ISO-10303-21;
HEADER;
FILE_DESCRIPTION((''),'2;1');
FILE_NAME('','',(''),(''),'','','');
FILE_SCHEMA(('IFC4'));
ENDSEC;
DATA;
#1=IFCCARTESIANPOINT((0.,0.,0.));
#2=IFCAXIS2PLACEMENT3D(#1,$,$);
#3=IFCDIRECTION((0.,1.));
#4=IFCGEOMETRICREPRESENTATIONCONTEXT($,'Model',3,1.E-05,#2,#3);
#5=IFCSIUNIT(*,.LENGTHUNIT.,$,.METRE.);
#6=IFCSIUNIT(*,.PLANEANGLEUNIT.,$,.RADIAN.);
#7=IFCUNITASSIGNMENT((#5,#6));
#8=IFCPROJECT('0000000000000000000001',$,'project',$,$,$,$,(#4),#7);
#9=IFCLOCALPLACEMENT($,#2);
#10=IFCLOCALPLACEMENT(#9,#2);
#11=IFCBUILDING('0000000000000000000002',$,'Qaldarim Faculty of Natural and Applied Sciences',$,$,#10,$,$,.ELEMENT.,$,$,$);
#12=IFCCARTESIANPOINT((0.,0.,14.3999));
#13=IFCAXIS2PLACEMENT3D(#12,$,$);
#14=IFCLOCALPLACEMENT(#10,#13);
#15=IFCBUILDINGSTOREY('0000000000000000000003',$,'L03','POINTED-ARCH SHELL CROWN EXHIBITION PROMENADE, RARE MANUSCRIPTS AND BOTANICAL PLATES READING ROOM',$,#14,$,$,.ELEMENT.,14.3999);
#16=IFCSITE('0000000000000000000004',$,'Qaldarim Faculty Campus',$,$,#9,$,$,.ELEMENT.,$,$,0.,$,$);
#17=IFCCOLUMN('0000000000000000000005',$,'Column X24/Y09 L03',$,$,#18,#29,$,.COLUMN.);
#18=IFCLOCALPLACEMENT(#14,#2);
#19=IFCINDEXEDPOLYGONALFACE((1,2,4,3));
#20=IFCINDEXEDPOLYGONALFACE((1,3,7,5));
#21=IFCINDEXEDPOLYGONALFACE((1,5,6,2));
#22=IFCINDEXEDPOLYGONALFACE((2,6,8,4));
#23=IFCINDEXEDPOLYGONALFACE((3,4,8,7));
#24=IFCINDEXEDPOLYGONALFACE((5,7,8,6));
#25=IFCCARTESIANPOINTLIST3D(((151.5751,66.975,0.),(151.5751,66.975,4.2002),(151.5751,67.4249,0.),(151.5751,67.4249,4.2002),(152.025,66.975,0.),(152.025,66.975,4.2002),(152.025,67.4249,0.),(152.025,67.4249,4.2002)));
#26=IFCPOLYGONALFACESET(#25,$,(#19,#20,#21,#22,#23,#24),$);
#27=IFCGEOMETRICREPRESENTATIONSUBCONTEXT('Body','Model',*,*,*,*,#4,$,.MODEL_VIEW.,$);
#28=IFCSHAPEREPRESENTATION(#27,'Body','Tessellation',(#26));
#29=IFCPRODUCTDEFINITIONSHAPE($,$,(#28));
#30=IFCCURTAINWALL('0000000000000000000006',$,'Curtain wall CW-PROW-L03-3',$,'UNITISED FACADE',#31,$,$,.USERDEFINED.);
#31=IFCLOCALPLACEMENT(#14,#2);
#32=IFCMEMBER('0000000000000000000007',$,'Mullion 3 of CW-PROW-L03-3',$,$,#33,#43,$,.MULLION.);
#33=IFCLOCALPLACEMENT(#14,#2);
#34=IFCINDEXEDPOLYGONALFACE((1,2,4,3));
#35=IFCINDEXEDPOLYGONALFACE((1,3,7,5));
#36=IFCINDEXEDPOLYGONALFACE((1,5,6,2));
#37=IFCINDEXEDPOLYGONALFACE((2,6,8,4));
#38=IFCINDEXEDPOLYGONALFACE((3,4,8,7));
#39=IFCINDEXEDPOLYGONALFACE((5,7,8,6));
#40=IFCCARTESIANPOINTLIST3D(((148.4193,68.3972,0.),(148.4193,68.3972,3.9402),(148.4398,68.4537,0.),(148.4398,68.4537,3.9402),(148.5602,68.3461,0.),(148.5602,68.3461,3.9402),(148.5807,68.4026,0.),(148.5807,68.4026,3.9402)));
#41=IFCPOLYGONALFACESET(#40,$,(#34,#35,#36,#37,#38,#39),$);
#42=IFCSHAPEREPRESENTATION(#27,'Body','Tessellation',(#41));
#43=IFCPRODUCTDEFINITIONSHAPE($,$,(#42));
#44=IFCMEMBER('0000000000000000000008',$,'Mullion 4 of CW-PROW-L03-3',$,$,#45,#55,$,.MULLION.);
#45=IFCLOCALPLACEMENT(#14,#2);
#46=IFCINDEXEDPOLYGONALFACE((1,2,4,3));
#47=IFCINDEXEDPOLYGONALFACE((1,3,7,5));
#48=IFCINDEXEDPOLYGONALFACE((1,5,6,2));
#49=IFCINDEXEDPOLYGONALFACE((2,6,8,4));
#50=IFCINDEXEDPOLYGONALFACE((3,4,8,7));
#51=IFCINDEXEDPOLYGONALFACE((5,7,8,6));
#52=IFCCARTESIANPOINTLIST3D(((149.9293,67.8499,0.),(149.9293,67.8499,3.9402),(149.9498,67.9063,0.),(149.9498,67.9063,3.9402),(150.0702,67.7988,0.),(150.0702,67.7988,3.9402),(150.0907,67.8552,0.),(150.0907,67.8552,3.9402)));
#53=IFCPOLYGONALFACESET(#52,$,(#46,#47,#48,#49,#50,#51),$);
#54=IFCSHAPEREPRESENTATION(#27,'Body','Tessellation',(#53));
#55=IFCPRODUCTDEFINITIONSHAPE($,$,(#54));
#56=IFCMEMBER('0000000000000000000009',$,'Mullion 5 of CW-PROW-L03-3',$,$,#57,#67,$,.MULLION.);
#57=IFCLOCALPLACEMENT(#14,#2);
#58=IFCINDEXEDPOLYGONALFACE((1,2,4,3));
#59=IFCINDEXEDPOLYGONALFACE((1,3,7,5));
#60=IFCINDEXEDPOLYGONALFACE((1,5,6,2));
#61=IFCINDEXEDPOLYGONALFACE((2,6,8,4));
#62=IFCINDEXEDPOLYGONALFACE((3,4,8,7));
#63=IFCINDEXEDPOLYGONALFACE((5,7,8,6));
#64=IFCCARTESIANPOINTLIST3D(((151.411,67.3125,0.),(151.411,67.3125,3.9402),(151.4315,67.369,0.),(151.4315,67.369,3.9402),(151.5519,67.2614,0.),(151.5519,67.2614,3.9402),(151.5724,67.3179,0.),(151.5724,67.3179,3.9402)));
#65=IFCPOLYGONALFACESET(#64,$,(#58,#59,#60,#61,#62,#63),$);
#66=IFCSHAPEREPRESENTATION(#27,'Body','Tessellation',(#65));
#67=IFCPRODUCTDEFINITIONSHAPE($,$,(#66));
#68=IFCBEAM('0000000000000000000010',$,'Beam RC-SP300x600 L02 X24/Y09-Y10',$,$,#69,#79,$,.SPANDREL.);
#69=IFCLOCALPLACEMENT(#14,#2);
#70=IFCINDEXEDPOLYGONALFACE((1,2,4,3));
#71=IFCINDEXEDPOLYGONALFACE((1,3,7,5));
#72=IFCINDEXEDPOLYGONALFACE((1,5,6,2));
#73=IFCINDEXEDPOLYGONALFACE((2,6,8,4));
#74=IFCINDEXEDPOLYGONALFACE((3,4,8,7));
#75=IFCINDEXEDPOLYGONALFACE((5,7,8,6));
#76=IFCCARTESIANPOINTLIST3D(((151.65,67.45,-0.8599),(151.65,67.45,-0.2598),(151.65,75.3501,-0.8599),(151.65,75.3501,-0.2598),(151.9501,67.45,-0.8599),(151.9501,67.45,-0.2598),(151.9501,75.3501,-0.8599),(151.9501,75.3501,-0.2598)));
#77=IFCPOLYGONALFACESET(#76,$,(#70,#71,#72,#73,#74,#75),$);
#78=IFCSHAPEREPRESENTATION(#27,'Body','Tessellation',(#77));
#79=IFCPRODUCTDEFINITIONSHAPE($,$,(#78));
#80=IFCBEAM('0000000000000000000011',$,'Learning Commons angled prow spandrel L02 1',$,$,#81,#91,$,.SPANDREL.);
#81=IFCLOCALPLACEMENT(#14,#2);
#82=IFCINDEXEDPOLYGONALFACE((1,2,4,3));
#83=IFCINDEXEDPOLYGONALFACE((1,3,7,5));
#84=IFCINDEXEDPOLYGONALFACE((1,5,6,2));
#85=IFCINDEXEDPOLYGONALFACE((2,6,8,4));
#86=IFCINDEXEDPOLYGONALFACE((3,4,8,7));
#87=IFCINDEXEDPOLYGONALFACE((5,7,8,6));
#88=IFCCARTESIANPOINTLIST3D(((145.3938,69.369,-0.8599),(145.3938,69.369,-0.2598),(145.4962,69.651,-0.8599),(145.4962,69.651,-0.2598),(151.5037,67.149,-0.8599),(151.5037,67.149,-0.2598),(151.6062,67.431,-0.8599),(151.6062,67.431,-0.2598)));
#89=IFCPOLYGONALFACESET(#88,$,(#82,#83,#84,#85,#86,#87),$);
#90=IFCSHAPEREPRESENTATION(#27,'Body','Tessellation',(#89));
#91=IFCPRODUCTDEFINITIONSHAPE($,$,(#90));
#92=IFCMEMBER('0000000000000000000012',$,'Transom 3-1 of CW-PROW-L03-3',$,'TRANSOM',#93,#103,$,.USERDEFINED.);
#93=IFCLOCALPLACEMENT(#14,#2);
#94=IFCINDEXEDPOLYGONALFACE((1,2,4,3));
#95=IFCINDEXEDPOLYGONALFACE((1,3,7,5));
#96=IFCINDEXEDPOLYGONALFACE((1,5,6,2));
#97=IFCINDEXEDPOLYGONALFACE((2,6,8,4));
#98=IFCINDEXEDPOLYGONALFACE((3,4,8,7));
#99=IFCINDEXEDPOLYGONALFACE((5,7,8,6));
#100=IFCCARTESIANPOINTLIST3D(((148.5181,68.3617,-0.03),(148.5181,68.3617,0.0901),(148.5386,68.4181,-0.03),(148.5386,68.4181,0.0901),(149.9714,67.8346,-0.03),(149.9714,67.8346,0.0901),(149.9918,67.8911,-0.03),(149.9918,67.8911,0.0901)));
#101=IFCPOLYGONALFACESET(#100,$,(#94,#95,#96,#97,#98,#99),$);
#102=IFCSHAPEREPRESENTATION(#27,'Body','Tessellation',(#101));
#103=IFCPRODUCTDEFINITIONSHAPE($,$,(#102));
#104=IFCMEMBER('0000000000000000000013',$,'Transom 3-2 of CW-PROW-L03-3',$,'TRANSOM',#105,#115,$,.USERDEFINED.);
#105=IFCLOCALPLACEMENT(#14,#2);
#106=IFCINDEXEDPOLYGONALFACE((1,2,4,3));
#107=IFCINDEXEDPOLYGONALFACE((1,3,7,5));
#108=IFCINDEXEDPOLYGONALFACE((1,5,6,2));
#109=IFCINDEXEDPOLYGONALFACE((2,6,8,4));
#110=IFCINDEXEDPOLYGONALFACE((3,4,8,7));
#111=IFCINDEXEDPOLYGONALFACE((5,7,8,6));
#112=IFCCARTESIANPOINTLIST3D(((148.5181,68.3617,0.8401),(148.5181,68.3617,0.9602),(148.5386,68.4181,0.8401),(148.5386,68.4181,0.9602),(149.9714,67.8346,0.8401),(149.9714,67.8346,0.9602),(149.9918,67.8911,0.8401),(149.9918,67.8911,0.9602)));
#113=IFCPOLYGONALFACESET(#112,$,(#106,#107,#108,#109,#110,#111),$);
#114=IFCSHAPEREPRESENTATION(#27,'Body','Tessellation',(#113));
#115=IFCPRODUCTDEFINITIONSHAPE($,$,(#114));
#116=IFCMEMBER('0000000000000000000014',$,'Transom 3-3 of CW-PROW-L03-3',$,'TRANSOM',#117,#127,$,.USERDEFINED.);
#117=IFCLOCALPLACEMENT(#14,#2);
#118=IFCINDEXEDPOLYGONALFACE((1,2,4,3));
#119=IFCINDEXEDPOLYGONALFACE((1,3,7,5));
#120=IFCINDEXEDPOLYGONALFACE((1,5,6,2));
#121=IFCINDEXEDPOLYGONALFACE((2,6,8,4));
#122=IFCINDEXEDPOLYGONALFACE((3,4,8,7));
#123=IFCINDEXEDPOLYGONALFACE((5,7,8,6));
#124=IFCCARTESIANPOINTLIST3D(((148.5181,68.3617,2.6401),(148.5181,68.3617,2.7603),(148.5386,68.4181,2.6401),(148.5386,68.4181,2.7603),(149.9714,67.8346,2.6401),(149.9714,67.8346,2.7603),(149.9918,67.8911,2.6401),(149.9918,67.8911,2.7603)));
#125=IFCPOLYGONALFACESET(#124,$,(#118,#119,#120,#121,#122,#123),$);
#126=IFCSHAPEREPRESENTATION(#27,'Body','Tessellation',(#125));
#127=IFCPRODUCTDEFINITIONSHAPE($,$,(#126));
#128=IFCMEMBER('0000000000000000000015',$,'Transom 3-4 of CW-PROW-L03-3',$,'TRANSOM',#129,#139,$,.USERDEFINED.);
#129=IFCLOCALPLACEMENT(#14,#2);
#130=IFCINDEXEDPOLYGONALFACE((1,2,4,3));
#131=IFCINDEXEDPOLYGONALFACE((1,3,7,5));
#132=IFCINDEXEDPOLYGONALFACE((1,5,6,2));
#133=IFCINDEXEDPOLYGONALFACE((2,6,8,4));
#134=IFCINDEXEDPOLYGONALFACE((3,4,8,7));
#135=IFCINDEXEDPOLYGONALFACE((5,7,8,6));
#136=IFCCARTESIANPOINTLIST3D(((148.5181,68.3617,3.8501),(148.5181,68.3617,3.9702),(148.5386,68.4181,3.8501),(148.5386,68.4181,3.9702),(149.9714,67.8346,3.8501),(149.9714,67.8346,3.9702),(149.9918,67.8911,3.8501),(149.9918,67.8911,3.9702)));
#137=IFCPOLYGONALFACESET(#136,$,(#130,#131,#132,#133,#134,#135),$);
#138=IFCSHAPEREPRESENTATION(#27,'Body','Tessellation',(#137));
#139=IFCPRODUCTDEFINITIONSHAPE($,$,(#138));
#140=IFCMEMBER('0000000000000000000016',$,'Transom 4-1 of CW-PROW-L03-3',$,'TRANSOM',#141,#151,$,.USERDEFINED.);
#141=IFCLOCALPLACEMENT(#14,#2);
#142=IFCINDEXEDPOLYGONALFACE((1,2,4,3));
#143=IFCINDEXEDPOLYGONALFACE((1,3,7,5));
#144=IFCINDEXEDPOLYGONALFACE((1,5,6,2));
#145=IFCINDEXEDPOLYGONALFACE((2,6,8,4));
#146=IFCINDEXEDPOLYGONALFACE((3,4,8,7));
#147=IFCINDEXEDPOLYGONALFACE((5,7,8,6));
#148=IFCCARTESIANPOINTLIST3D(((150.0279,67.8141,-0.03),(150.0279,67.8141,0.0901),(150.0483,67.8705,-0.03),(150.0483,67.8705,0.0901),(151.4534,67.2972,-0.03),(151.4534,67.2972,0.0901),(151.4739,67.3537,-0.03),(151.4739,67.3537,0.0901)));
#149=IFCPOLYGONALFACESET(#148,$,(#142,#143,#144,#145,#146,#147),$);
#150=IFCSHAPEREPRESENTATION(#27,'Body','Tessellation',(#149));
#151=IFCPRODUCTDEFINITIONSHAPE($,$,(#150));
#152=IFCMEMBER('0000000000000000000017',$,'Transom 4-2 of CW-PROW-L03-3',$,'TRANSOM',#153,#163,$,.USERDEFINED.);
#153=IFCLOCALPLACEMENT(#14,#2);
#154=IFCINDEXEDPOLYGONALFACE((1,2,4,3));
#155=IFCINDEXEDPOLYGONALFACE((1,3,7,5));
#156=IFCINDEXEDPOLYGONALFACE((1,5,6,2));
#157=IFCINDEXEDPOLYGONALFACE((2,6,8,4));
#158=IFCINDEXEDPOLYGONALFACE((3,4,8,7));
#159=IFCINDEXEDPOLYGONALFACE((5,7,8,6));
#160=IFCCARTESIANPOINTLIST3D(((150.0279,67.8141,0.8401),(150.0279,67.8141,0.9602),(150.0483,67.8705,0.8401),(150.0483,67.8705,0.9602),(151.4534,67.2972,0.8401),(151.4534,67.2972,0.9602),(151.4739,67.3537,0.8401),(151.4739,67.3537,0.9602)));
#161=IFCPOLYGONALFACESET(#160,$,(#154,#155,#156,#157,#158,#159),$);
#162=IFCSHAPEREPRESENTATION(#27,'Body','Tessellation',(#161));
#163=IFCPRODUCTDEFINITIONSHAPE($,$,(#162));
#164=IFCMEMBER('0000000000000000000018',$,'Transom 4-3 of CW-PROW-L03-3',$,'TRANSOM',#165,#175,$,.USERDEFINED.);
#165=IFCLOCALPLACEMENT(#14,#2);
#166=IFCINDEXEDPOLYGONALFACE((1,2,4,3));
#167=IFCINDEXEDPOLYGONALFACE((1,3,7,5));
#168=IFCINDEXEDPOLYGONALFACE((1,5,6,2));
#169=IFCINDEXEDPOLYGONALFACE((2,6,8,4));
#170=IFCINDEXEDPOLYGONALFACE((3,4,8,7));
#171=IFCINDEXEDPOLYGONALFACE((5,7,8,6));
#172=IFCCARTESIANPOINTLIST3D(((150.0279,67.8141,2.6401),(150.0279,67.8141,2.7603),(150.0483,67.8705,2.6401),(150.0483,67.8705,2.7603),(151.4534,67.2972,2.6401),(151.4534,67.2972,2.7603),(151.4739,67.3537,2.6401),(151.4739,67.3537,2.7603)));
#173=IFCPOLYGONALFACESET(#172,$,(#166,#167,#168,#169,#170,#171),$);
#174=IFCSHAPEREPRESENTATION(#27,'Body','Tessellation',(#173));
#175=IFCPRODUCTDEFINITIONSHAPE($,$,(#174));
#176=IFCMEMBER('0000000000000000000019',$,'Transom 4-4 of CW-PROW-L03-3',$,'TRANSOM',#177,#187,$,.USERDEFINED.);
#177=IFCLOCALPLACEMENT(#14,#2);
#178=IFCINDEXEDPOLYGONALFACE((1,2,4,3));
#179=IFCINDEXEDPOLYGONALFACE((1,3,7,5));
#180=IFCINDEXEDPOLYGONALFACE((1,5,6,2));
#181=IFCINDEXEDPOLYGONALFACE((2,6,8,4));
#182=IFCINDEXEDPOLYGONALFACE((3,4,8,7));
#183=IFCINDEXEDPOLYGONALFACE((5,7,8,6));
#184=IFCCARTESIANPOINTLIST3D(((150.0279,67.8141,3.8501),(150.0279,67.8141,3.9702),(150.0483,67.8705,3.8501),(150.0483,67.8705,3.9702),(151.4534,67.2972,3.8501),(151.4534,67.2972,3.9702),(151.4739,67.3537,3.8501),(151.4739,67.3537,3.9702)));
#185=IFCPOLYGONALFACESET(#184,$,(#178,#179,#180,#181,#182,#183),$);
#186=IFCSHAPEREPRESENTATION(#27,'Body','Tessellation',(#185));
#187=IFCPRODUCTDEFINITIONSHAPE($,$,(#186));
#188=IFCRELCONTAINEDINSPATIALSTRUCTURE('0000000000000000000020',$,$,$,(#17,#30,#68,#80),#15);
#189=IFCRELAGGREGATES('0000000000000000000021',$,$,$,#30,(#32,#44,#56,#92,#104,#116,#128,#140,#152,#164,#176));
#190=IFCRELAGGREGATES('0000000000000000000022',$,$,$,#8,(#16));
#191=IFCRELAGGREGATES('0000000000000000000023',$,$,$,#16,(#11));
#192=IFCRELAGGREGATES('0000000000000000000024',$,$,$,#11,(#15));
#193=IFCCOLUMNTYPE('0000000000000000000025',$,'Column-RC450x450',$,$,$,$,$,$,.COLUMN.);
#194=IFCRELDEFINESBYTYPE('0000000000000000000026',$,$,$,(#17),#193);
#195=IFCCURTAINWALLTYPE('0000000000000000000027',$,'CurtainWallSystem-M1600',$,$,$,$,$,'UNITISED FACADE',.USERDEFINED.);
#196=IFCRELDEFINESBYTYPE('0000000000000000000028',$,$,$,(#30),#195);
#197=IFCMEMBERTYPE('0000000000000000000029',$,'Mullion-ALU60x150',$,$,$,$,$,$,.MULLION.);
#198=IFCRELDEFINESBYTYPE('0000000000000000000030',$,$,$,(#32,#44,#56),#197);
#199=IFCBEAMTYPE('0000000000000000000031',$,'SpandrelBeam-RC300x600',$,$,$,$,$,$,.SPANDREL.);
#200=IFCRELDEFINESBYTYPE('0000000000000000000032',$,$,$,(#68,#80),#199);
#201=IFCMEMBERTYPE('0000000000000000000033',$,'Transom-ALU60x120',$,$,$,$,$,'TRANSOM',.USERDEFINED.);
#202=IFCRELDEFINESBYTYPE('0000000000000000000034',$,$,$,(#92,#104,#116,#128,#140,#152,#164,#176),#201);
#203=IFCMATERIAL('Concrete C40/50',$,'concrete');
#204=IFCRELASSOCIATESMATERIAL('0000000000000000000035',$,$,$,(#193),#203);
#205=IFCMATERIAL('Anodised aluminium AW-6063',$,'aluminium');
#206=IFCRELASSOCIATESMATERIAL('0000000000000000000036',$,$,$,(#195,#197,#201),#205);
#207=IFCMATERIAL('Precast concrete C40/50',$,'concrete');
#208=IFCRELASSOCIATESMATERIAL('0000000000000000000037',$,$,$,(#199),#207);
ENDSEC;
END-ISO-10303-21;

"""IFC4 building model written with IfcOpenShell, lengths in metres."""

from ifc_helpers import new_model, si_unit, direction, frame, origin, origin_2d, place, context, subcontext, project, spatial, rectangle, extrude, material, material_profile, profile_set, type_object, element, aggregate, save


model = new_model("IFC4")

# Units and contexts
model_context = context("Model", 3, precision=1e-05, world=origin(), true_north=direction((0.0, 1.0)))
body_context = subcontext(model_context, "Body", "Model", "MODEL_VIEW")
ifc_project = project(units=[si_unit("LENGTHUNIT", "METRE"), si_unit("PLANEANGLEUNIT", "RADIAN")], contexts=[model_context])

# Site, building, storey
site_placement = place(None, origin())
site = spatial("IfcSite", under=ifc_project, at=site_placement, Name="Qaldarim Faculty Campus", CompositionType="ELEMENT", RefElevation=0.0)
building_placement = place(site_placement, origin())
building = spatial("IfcBuilding", under=site, at=building_placement, Name="Qaldarim Faculty of Natural and Applied Sciences", CompositionType="ELEMENT")
storey_placement = place(building_placement, frame((0.0, 0.0, 14.3999)))
storey = spatial("IfcBuildingStorey", under=building, at=storey_placement, Name="L03", Description="POINTED-ARCH SHELL CROWN EXHIBITION PROMENADE, RARE MANUSCRIPTS AND BOTANICAL PLATES READING ROOM", CompositionType="ELEMENT", Elevation=14.3999)

# Column
ifc_material_1 = material(Name="Concrete C40/50", Category="concrete")
ifc_material_profile_1 = material_profile(ifc_material_1, rectangle(XDim=0.45, YDim=0.45, at=origin_2d()), Name="RC-C450x450")
ifc_profile_set_1 = profile_set([ifc_material_profile_1], Name="Concrete C40/50")
column_type = type_object("IfcColumnType", Name="Column-RC450x450", PredefinedType="COLUMN", material=ifc_profile_set_1)
column_placement = place(storey_placement, frame((151.8, 67.2, 0.0), z_axis=(0.0, 0.0, 1.0), x_axis=(1.0, 0.0, 0.0)))
element("IfcColumn", 1, at=column_placement, inside=storey, type_object=column_type, Name="Column X24/Y09 L03", PredefinedType="COLUMN", context=body_context, shape_type="SweptSolid", body=[
    extrude(rectangle(XDim=0.45, YDim=0.45, at=origin_2d()), origin(), (0.0, 0.0, 1.0), 4.2002),
])

# Curtain wall, members
ifc_material_2 = material(Name="Anodised aluminium AW-6063", Category="aluminium")
curtain_wall_type = type_object("IfcCurtainWallType", Name="CurtainWallSystem-M1600", ElementType="UNITISED FACADE", PredefinedType="USERDEFINED", material=ifc_material_2)
curtain_wall_placement = place(storey_placement, origin())
curtain_wall = element("IfcCurtainWall", 2, at=curtain_wall_placement, inside=storey, type_object=curtain_wall_type, Name="Curtain wall CW-PROW-L03-3", ObjectType="UNITISED FACADE", PredefinedType="USERDEFINED")
ifc_material_profile_2 = material_profile(ifc_material_2, rectangle(XDim=0.0601, YDim=0.1499, at=origin_2d()), Name="ALU-M60x150")
ifc_profile_set_2 = profile_set([ifc_material_profile_2], Name="Anodised aluminium AW-6063")
member_type_1 = type_object("IfcMemberType", Name="Mullion-ALU60x150", PredefinedType="MULLION", material=ifc_profile_set_2)
member_1_placement = place(storey_placement, frame((148.5, 68.3999, 0.0), z_axis=(0.0, 0.0, 1.0), x_axis=(0.340872, 0.94011, 0.0)))
member_1 = element("IfcMember", 3, at=member_1_placement, type_object=member_type_1, Name="Mullion 3 of CW-PROW-L03-3", PredefinedType="MULLION", context=body_context, shape_type="SweptSolid", body=[
    extrude(rectangle(XDim=0.0601, YDim=0.1499, at=origin_2d()), origin(), (0.0, 0.0, 1.0), 3.9402),
])
member_2_placement = place(storey_placement, frame((150.01, 67.8525, 0.0), z_axis=(0.0, 0.0, 1.0), x_axis=(0.340872, 0.94011, 0.0)))
member_2 = element("IfcMember", 4, at=member_2_placement, type_object=member_type_1, Name="Mullion 4 of CW-PROW-L03-3", PredefinedType="MULLION", context=body_context, shape_type="SweptSolid", body=[
    extrude(rectangle(XDim=0.0601, YDim=0.1499, at=origin_2d()), origin(), (0.0, 0.0, 1.0), 3.9402),
])
member_3_placement = place(storey_placement, frame((151.4917, 67.3152, 0.0), z_axis=(0.0, 0.0, 1.0), x_axis=(0.340872, 0.94011, 0.0)))
member_3 = element("IfcMember", 5, at=member_3_placement, type_object=member_type_1, Name="Mullion 5 of CW-PROW-L03-3", PredefinedType="MULLION", context=body_context, shape_type="SweptSolid", body=[
    extrude(rectangle(XDim=0.0601, YDim=0.1499, at=origin_2d()), origin(), (0.0, 0.0, 1.0), 3.9402),
])

# Beams
ifc_material_3 = material(Name="Precast concrete C40/50", Category="concrete")
ifc_material_profile_3 = material_profile(ifc_material_3, rectangle(XDim=0.3, YDim=0.6001, at=origin_2d()), Name="RC-SP300x600")
ifc_profile_set_3 = profile_set([ifc_material_profile_3], Name="Precast concrete C40/50")
beam_type = type_object("IfcBeamType", Name="SpandrelBeam-RC300x600", PredefinedType="SPANDREL", material=ifc_profile_set_3)
beam_1_placement = place(storey_placement, frame((151.8, 67.45, -0.5598), z_axis=(0.0, 1.0, 0.0), x_axis=(-1.0, 0.0, 0.0)))
element("IfcBeam", 6, at=beam_1_placement, inside=storey, type_object=beam_type, Name="Beam RC-SP300x600 L02 X24/Y09-Y10", PredefinedType="SPANDREL", context=body_context, shape_type="SweptSolid", body=[
    extrude(rectangle(XDim=0.3, YDim=0.6001, at=origin_2d()), origin(), (0.0, 0.0, 1.0), 7.9001),
])
beam_2_placement = place(storey_placement, frame((151.5549, 67.29, -0.5598), z_axis=(-0.939882, 0.341499, 0.0), x_axis=(-0.341499, -0.939882, 0.0)))
element("IfcBeam", 7, at=beam_2_placement, inside=storey, type_object=beam_type, Name="Learning Commons angled prow spandrel L02 1", PredefinedType="SPANDREL", context=body_context, shape_type="SweptSolid", body=[
    extrude(rectangle(XDim=0.3, YDim=0.6001, at=origin_2d()), origin(), (0.0, 0.0, 1.0), 6.5007),
])

# Members
ifc_material_profile_4 = material_profile(ifc_material_2, rectangle(XDim=0.0601, YDim=0.1201, at=origin_2d()), Name="ALU-T60x120")
ifc_profile_set_4 = profile_set([ifc_material_profile_4], Name="Anodised aluminium AW-6063")
member_type_2 = type_object("IfcMemberType", Name="Transom-ALU60x120", ElementType="TRANSOM", PredefinedType="USERDEFINED", material=ifc_profile_set_4)
member_4_placement = place(storey_placement, frame((148.5283, 68.3899, 0.03), z_axis=(0.940084, -0.340944, 0.0), x_axis=(0.340944, 0.940084, 0.0)))
member_4 = element("IfcMember", 8, at=member_4_placement, type_object=member_type_2, Name="Transom 3-1 of CW-PROW-L03-3", ObjectType="TRANSOM", PredefinedType="USERDEFINED", context=body_context, shape_type="SweptSolid", body=[
    extrude(rectangle(XDim=0.0601, YDim=0.1201, at=origin_2d()), origin(), (0.0, 0.0, 1.0), 1.5459),
])
member_5_placement = place(storey_placement, frame((148.5283, 68.3899, 0.9001), z_axis=(0.940084, -0.340944, 0.0), x_axis=(0.340944, 0.940084, 0.0)))
member_5 = element("IfcMember", 9, at=member_5_placement, type_object=member_type_2, Name="Transom 3-2 of CW-PROW-L03-3", ObjectType="TRANSOM", PredefinedType="USERDEFINED", context=body_context, shape_type="SweptSolid", body=[
    extrude(rectangle(XDim=0.0601, YDim=0.1201, at=origin_2d()), origin(), (0.0, 0.0, 1.0), 1.5459),
])
member_6_placement = place(storey_placement, frame((148.5283, 68.3899, 2.7002), z_axis=(0.940084, -0.340944, 0.0), x_axis=(0.340944, 0.940084, 0.0)))
member_6 = element("IfcMember", 10, at=member_6_placement, type_object=member_type_2, Name="Transom 3-3 of CW-PROW-L03-3", ObjectType="TRANSOM", PredefinedType="USERDEFINED", context=body_context, shape_type="SweptSolid", body=[
    extrude(rectangle(XDim=0.0601, YDim=0.1201, at=origin_2d()), origin(), (0.0, 0.0, 1.0), 1.5459),
])
member_7_placement = place(storey_placement, frame((148.5283, 68.3899, 3.9102), z_axis=(0.940084, -0.340944, 0.0), x_axis=(0.340944, 0.940084, 0.0)))
member_7 = element("IfcMember", 11, at=member_7_placement, type_object=member_type_2, Name="Transom 3-4 of CW-PROW-L03-3", ObjectType="TRANSOM", PredefinedType="USERDEFINED", context=body_context, shape_type="SweptSolid", body=[
    extrude(rectangle(XDim=0.0601, YDim=0.1201, at=origin_2d()), origin(), (0.0, 0.0, 1.0), 1.5459),
])
member_8_placement = place(storey_placement, frame((150.0381, 67.8423, 0.03), z_axis=(0.940117, -0.340851, 0.0), x_axis=(0.340851, 0.940117, 0.0)))
member_8 = element("IfcMember", 12, at=member_8_placement, type_object=member_type_2, Name="Transom 4-1 of CW-PROW-L03-3", ObjectType="TRANSOM", PredefinedType="USERDEFINED", context=body_context, shape_type="SweptSolid", body=[
    extrude(rectangle(XDim=0.0601, YDim=0.1201, at=origin_2d()), origin(), (0.0, 0.0, 1.0), 1.5164),
])
member_9_placement = place(storey_placement, frame((150.0381, 67.8423, 0.9001), z_axis=(0.940117, -0.340851, 0.0), x_axis=(0.340851, 0.940117, 0.0)))
member_9 = element("IfcMember", 13, at=member_9_placement, type_object=member_type_2, Name="Transom 4-2 of CW-PROW-L03-3", ObjectType="TRANSOM", PredefinedType="USERDEFINED", context=body_context, shape_type="SweptSolid", body=[
    extrude(rectangle(XDim=0.0601, YDim=0.1201, at=origin_2d()), origin(), (0.0, 0.0, 1.0), 1.5164),
])
member_10_placement = place(storey_placement, frame((150.0381, 67.8423, 2.7002), z_axis=(0.940117, -0.340851, 0.0), x_axis=(0.340851, 0.940117, 0.0)))
member_10 = element("IfcMember", 14, at=member_10_placement, type_object=member_type_2, Name="Transom 4-3 of CW-PROW-L03-3", ObjectType="TRANSOM", PredefinedType="USERDEFINED", context=body_context, shape_type="SweptSolid", body=[
    extrude(rectangle(XDim=0.0601, YDim=0.1201, at=origin_2d()), origin(), (0.0, 0.0, 1.0), 1.5164),
])
member_11_placement = place(storey_placement, frame((150.0381, 67.8423, 3.9102), z_axis=(0.940117, -0.340851, 0.0), x_axis=(0.340851, 0.940117, 0.0)))
member_11 = element("IfcMember", 15, at=member_11_placement, type_object=member_type_2, Name="Transom 4-4 of CW-PROW-L03-3", ObjectType="TRANSOM", PredefinedType="USERDEFINED", context=body_context, shape_type="SweptSolid", body=[
    extrude(rectangle(XDim=0.0601, YDim=0.1201, at=origin_2d()), origin(), (0.0, 0.0, 1.0), 1.5164),
])

aggregate(curtain_wall, [member_1, member_2, member_3, member_4, member_5, member_6, member_7, member_8, member_9, member_10, member_11])

save(model, "model.ifc")
